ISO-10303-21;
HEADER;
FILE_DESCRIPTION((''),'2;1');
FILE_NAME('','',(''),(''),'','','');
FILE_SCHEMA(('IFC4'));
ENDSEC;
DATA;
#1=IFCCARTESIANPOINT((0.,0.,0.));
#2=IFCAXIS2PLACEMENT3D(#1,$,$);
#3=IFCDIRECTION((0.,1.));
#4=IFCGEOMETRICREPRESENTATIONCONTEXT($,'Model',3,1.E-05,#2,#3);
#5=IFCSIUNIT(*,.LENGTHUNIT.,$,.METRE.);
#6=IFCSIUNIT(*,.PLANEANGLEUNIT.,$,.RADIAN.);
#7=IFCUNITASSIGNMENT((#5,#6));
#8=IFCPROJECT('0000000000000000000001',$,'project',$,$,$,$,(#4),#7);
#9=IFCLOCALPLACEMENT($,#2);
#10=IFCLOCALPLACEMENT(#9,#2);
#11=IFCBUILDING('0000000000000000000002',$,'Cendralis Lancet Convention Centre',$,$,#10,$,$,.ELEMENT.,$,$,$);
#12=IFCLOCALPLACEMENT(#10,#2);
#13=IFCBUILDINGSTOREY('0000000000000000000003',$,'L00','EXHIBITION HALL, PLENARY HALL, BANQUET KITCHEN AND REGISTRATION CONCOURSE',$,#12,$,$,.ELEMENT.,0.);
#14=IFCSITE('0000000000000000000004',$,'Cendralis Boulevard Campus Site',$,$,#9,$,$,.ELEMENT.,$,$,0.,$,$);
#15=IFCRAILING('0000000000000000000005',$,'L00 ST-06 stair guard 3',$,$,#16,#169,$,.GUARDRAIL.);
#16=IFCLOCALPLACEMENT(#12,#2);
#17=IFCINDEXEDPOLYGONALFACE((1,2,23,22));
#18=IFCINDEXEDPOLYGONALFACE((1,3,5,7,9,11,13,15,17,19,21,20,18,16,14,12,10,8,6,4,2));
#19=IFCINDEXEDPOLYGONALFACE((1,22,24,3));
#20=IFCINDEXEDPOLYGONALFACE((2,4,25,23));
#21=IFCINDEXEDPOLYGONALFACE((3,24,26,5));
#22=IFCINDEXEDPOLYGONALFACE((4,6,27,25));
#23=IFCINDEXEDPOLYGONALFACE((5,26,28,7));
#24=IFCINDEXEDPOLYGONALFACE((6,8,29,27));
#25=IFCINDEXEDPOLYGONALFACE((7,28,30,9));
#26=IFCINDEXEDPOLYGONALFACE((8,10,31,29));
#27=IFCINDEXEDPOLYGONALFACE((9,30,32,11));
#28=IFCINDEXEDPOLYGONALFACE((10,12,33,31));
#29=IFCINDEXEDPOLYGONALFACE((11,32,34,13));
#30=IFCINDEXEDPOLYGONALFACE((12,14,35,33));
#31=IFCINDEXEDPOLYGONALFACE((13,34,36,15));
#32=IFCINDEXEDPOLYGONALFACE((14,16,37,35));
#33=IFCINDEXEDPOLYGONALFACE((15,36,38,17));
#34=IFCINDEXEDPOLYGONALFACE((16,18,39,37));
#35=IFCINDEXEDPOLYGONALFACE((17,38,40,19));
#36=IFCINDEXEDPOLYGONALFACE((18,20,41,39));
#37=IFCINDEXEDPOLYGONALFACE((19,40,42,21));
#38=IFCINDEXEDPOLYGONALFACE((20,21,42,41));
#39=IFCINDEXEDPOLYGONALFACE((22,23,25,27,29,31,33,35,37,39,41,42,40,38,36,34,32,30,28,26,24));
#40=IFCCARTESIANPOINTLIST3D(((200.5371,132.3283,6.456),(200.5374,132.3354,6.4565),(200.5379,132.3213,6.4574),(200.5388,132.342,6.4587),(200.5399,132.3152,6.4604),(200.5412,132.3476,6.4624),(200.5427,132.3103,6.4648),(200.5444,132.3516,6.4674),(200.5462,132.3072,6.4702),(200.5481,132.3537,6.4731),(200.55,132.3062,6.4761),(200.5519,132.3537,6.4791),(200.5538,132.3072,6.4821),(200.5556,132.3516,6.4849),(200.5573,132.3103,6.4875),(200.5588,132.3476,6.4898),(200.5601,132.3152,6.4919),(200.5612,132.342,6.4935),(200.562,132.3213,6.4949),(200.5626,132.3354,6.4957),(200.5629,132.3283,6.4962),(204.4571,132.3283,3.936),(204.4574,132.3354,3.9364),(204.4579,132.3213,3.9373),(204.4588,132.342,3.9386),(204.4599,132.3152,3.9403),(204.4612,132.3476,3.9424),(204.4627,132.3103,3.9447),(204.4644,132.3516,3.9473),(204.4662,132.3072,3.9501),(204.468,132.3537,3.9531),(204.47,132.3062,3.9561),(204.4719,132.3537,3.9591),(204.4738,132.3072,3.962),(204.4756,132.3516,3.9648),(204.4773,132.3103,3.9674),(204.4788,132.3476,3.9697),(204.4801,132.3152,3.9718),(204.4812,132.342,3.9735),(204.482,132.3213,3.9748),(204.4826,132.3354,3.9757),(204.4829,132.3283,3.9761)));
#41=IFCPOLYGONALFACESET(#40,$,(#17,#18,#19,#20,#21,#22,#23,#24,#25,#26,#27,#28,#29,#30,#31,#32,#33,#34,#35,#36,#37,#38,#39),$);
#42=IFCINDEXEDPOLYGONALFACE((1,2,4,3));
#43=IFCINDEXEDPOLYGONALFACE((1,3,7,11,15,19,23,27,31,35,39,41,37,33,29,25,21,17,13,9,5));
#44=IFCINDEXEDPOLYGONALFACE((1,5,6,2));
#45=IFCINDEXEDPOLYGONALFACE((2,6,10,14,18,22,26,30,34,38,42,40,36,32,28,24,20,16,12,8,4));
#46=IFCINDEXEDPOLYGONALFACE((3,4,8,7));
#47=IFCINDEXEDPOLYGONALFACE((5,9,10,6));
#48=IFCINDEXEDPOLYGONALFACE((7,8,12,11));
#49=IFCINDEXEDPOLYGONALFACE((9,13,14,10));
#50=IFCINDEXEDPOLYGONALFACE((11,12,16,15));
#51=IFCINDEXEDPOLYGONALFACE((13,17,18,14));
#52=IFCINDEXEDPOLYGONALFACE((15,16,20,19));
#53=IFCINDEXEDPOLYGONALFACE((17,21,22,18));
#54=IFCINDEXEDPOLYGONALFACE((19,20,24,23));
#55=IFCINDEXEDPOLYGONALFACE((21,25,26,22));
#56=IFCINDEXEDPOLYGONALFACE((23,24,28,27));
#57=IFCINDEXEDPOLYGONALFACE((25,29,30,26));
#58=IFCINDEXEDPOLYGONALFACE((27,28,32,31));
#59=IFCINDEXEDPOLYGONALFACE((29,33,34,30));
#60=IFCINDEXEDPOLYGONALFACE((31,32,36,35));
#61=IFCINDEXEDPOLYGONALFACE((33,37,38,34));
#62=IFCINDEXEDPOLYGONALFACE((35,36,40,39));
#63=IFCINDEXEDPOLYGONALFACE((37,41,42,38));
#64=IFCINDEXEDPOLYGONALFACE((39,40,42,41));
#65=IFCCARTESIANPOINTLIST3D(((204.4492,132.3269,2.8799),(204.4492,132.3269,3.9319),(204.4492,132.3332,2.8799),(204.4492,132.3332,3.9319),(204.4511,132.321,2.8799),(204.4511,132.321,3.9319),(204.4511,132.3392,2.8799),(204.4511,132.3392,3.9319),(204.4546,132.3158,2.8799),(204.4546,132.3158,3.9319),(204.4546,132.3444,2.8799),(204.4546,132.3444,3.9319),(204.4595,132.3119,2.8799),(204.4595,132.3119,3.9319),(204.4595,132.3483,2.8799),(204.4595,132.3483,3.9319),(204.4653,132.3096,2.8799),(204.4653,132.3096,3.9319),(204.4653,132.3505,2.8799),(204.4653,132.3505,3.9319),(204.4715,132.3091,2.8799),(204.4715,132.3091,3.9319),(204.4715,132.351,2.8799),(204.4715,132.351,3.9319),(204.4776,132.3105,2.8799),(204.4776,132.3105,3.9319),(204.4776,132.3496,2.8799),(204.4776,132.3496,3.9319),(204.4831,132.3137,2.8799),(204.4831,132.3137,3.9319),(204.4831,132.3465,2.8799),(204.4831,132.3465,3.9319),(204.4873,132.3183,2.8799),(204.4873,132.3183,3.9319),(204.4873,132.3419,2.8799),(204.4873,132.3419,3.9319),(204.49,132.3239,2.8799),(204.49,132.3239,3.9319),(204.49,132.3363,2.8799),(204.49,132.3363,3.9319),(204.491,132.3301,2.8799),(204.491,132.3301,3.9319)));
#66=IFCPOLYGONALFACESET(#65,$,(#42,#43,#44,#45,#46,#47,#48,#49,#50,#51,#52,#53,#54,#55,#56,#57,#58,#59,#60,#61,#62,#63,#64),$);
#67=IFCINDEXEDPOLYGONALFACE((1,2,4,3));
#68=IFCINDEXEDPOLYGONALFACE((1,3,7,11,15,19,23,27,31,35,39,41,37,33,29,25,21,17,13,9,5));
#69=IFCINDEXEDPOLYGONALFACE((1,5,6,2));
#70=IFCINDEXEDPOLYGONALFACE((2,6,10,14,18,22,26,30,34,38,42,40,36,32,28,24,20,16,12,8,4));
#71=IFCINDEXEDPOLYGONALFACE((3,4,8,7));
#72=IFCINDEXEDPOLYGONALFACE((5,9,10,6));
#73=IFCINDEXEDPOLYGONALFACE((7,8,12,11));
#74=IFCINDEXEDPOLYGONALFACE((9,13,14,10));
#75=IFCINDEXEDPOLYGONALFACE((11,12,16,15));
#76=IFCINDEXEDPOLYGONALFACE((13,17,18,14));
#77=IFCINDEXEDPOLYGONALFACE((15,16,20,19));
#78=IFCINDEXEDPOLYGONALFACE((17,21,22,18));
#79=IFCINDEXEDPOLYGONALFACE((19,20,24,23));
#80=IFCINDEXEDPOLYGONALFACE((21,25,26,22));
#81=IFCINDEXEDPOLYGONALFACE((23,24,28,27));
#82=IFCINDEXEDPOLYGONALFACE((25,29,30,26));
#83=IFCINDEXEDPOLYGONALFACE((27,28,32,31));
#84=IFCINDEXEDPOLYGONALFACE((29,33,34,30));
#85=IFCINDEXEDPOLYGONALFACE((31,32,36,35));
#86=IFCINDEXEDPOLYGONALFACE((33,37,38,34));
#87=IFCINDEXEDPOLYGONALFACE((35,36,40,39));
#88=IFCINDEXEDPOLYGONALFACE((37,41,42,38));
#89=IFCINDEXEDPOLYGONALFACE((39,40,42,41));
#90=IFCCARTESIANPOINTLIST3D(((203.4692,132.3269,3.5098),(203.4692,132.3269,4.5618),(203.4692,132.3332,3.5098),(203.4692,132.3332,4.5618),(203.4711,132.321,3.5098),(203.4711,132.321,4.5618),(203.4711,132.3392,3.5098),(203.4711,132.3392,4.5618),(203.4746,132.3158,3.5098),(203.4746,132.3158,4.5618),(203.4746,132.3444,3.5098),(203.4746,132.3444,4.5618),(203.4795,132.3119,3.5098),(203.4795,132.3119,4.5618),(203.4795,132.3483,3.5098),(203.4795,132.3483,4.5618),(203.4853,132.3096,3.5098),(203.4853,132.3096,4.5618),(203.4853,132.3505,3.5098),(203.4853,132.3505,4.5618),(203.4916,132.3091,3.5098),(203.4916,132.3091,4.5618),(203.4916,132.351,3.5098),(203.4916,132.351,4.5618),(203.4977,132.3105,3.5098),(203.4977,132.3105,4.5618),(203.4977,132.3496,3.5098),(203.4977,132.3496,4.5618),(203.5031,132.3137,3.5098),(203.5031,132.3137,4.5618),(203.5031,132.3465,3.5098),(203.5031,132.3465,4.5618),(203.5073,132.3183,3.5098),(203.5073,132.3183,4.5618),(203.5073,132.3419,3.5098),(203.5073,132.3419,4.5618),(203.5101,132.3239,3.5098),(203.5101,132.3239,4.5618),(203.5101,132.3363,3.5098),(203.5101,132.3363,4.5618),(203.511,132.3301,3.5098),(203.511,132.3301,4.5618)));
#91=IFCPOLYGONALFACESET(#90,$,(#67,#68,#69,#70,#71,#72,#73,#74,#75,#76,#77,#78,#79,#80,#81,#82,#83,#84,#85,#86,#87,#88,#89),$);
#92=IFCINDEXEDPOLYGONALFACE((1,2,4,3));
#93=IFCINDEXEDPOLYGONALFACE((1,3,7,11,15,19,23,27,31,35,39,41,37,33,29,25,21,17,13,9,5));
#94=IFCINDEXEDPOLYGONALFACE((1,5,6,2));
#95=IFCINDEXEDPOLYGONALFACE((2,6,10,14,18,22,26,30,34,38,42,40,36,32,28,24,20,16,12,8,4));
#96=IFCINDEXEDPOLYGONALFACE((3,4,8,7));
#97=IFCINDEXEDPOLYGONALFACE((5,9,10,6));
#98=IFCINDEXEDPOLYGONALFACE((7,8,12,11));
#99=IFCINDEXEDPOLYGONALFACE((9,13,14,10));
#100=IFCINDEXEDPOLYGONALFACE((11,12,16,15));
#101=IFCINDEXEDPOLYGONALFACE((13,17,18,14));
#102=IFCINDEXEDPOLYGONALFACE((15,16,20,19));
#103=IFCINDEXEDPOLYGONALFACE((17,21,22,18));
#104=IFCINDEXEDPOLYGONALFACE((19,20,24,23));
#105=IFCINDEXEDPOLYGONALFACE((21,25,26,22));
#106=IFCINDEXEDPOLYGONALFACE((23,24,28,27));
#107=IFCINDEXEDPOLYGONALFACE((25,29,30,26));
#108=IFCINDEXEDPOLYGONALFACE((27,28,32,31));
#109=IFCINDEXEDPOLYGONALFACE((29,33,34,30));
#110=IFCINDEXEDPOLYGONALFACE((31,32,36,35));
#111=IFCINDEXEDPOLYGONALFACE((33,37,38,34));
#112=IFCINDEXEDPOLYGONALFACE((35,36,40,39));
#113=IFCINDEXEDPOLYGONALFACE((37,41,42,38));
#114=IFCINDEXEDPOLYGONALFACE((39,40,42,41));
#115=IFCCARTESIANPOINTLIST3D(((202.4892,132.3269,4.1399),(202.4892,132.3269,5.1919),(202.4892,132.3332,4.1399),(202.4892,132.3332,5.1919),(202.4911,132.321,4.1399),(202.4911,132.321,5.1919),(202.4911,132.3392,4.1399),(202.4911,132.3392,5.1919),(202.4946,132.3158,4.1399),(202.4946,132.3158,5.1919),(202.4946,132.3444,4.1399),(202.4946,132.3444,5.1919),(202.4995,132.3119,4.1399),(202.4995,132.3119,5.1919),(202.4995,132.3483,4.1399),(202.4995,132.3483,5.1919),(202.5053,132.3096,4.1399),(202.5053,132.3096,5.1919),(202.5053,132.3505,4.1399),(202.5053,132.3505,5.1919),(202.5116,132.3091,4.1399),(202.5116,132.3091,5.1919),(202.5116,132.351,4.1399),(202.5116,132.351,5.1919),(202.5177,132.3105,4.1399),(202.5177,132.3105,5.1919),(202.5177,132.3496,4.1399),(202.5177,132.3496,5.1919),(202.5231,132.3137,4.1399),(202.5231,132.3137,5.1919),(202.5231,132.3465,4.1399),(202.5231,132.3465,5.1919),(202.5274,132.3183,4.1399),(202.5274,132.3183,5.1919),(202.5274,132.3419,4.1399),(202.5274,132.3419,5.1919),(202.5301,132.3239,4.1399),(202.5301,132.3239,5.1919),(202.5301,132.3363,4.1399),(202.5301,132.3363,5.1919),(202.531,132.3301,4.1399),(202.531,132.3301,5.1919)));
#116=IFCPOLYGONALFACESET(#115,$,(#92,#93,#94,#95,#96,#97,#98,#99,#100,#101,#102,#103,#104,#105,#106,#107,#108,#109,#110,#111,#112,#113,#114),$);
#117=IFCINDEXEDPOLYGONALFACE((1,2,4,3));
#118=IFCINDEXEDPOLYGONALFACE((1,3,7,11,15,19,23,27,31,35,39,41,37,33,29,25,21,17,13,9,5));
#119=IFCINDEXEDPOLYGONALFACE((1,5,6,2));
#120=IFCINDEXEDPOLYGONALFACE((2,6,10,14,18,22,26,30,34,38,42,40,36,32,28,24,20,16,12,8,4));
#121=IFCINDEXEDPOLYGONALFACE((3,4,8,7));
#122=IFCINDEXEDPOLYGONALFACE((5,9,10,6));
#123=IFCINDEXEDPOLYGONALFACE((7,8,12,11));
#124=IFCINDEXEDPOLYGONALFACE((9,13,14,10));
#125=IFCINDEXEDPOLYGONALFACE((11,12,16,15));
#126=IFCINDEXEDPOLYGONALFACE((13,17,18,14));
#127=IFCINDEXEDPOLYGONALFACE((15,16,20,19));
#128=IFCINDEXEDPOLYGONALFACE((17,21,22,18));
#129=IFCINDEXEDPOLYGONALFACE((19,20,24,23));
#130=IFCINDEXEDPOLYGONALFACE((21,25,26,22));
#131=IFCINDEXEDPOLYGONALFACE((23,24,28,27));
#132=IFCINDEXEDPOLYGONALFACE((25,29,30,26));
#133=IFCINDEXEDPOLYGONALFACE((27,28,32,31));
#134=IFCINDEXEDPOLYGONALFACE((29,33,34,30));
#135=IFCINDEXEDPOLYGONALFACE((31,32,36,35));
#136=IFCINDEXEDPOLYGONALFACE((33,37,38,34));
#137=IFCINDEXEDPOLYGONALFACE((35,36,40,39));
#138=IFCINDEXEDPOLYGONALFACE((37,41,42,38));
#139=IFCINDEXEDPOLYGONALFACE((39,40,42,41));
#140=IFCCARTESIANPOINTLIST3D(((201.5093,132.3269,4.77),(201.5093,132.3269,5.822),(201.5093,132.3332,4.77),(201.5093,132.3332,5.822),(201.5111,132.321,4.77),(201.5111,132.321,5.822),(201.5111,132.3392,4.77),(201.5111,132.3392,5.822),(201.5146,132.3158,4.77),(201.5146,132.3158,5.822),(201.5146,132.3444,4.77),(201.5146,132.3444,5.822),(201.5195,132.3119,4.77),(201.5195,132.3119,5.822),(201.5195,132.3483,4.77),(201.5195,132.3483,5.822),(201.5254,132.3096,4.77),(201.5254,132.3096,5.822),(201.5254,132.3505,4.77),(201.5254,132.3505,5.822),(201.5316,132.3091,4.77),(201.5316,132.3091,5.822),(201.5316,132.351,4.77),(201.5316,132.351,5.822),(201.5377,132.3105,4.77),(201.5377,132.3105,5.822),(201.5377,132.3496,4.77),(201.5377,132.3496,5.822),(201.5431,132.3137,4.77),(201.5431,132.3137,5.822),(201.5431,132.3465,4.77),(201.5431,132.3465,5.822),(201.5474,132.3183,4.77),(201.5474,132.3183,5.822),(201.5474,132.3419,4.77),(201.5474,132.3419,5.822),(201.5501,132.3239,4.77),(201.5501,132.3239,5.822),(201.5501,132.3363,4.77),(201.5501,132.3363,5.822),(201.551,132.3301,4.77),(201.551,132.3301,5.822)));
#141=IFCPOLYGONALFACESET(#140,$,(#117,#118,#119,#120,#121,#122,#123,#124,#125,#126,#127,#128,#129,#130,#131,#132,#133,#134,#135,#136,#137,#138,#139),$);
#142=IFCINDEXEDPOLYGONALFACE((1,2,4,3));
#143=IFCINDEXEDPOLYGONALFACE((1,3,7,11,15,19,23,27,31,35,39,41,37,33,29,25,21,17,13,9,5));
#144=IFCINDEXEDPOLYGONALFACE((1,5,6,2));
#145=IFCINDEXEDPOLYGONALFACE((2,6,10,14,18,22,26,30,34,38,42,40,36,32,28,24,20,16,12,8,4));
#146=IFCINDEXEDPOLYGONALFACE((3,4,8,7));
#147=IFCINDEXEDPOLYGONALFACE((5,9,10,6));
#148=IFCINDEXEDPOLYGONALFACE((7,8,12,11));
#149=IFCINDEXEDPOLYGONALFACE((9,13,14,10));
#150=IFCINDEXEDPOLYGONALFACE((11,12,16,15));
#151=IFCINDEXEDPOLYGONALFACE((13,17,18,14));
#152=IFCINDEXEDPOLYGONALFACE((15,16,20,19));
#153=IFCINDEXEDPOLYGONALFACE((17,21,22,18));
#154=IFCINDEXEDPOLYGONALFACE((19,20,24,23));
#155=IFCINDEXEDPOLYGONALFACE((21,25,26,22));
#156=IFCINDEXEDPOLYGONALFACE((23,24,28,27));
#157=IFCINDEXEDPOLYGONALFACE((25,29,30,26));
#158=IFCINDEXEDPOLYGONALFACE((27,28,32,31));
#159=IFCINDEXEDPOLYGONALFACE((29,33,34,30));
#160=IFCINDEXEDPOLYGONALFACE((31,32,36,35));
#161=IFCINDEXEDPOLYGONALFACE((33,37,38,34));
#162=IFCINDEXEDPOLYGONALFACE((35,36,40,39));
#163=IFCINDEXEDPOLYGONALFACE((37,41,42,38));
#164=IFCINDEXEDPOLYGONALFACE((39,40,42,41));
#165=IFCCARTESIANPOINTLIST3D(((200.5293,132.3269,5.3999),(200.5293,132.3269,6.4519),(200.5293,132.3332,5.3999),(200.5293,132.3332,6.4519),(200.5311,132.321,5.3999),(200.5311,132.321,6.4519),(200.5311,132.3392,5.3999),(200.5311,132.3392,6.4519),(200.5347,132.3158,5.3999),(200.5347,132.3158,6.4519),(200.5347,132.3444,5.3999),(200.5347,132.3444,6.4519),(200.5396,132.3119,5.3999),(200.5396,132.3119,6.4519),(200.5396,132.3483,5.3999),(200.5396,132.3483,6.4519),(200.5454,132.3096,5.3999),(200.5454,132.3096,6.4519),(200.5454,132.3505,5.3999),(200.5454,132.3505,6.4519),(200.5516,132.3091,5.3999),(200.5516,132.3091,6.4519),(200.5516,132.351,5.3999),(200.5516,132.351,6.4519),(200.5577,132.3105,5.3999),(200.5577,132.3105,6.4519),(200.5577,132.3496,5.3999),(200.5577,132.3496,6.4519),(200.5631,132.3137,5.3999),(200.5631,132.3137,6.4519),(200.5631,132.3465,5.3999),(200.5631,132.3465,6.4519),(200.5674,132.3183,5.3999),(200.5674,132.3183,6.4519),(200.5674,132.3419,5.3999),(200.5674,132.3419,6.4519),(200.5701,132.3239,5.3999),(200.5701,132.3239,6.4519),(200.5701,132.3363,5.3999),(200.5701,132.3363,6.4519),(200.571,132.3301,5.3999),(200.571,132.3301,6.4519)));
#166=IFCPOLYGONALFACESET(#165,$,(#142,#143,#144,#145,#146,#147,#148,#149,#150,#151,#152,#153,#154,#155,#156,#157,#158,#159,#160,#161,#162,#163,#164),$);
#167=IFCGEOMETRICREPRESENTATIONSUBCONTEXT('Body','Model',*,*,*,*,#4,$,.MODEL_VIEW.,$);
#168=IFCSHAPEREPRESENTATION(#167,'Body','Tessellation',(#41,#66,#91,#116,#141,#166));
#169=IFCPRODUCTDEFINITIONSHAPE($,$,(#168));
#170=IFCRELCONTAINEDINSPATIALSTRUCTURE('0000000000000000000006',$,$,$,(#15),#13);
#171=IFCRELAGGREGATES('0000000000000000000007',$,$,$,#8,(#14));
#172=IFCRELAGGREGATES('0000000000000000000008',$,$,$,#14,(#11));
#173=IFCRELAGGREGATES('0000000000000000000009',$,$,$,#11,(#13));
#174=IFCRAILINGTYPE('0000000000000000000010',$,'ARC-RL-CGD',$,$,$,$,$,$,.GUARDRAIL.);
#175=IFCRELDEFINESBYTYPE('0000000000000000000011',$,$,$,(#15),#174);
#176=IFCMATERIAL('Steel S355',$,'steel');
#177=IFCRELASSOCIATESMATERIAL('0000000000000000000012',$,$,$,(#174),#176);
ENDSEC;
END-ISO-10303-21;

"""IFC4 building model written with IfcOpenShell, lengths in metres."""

from ifc_helpers import new_model, si_unit, direction, frame, origin, origin_2d, place, context, subcontext, project, spatial, circle, extrude, material, type_object, element, save


model = new_model("IFC4")

# Units and contexts
model_context = context("Model", 3, precision=1e-05, world=origin(), true_north=direction((0.0, 1.0)))
body_context = subcontext(model_context, "Body", "Model", "MODEL_VIEW")
ifc_project = project(units=[si_unit("LENGTHUNIT", "METRE"), si_unit("PLANEANGLEUNIT", "RADIAN")], contexts=[model_context])

# Site, building, storey
site_placement = place(None, origin())
site = spatial("IfcSite", under=ifc_project, at=site_placement, Name="Cendralis Boulevard Campus Site", CompositionType="ELEMENT", RefElevation=0.0)
building_placement = place(site_placement, origin())
building = spatial("IfcBuilding", under=site, at=building_placement, Name="Cendralis Lancet Convention Centre", CompositionType="ELEMENT")
storey_placement = place(building_placement, origin())
storey = spatial("IfcBuildingStorey", under=building, at=storey_placement, Name="L00", Description="EXHIBITION HALL, PLENARY HALL, BANQUET KITCHEN AND REGISTRATION CONCOURSE", CompositionType="ELEMENT", Elevation=0.0)

# Railing
ifc_material_1 = material(Name="Steel S355", Category="steel")
railing_type_1 = type_object("IfcRailingType", Name="ARC-RL-CGD", PredefinedType="GUARDRAIL", material=ifc_material_1)
railing_1_placement = place(storey_placement, frame((204.47, 132.3301, 2.8799)))
element("IfcRailing", 1, at=railing_1_placement, inside=storey, type_object=railing_type_1, Name="L00 ST-06 stair guard 3", PredefinedType="GUARDRAIL", context=body_context, shape_type="SweptSolid", body=[
    extrude(circle(Radius=0.0239, at=origin_2d()), frame((0.0, 0.0, 1.0762), z_axis=(-0.841172, 0.0, 0.540768), x_axis=(0.0, -1.0, 0.0)), (0.0, 0.0, 1.0), 4.6602),
    extrude(circle(Radius=0.021, at=origin_2d()), origin(), (0.0, 0.0, 1.0), 1.052),
    extrude(circle(Radius=0.021, at=origin_2d()), frame((-0.98, 0.0, 0.6299)), (0.0, 0.0, 1.0), 1.052),
    extrude(circle(Radius=0.021, at=origin_2d()), frame((-1.96, 0.0, 1.26)), (0.0, 0.0, 1.0), 1.052),
    extrude(circle(Radius=0.021, at=origin_2d()), frame((-2.9399, 0.0, 1.8901)), (0.0, 0.0, 1.0), 1.052),
    extrude(circle(Radius=0.021, at=origin_2d()), frame((-3.9199, 0.0, 2.52)), (0.0, 0.0, 1.0), 1.052),
])

save(model, "model.ifc")
